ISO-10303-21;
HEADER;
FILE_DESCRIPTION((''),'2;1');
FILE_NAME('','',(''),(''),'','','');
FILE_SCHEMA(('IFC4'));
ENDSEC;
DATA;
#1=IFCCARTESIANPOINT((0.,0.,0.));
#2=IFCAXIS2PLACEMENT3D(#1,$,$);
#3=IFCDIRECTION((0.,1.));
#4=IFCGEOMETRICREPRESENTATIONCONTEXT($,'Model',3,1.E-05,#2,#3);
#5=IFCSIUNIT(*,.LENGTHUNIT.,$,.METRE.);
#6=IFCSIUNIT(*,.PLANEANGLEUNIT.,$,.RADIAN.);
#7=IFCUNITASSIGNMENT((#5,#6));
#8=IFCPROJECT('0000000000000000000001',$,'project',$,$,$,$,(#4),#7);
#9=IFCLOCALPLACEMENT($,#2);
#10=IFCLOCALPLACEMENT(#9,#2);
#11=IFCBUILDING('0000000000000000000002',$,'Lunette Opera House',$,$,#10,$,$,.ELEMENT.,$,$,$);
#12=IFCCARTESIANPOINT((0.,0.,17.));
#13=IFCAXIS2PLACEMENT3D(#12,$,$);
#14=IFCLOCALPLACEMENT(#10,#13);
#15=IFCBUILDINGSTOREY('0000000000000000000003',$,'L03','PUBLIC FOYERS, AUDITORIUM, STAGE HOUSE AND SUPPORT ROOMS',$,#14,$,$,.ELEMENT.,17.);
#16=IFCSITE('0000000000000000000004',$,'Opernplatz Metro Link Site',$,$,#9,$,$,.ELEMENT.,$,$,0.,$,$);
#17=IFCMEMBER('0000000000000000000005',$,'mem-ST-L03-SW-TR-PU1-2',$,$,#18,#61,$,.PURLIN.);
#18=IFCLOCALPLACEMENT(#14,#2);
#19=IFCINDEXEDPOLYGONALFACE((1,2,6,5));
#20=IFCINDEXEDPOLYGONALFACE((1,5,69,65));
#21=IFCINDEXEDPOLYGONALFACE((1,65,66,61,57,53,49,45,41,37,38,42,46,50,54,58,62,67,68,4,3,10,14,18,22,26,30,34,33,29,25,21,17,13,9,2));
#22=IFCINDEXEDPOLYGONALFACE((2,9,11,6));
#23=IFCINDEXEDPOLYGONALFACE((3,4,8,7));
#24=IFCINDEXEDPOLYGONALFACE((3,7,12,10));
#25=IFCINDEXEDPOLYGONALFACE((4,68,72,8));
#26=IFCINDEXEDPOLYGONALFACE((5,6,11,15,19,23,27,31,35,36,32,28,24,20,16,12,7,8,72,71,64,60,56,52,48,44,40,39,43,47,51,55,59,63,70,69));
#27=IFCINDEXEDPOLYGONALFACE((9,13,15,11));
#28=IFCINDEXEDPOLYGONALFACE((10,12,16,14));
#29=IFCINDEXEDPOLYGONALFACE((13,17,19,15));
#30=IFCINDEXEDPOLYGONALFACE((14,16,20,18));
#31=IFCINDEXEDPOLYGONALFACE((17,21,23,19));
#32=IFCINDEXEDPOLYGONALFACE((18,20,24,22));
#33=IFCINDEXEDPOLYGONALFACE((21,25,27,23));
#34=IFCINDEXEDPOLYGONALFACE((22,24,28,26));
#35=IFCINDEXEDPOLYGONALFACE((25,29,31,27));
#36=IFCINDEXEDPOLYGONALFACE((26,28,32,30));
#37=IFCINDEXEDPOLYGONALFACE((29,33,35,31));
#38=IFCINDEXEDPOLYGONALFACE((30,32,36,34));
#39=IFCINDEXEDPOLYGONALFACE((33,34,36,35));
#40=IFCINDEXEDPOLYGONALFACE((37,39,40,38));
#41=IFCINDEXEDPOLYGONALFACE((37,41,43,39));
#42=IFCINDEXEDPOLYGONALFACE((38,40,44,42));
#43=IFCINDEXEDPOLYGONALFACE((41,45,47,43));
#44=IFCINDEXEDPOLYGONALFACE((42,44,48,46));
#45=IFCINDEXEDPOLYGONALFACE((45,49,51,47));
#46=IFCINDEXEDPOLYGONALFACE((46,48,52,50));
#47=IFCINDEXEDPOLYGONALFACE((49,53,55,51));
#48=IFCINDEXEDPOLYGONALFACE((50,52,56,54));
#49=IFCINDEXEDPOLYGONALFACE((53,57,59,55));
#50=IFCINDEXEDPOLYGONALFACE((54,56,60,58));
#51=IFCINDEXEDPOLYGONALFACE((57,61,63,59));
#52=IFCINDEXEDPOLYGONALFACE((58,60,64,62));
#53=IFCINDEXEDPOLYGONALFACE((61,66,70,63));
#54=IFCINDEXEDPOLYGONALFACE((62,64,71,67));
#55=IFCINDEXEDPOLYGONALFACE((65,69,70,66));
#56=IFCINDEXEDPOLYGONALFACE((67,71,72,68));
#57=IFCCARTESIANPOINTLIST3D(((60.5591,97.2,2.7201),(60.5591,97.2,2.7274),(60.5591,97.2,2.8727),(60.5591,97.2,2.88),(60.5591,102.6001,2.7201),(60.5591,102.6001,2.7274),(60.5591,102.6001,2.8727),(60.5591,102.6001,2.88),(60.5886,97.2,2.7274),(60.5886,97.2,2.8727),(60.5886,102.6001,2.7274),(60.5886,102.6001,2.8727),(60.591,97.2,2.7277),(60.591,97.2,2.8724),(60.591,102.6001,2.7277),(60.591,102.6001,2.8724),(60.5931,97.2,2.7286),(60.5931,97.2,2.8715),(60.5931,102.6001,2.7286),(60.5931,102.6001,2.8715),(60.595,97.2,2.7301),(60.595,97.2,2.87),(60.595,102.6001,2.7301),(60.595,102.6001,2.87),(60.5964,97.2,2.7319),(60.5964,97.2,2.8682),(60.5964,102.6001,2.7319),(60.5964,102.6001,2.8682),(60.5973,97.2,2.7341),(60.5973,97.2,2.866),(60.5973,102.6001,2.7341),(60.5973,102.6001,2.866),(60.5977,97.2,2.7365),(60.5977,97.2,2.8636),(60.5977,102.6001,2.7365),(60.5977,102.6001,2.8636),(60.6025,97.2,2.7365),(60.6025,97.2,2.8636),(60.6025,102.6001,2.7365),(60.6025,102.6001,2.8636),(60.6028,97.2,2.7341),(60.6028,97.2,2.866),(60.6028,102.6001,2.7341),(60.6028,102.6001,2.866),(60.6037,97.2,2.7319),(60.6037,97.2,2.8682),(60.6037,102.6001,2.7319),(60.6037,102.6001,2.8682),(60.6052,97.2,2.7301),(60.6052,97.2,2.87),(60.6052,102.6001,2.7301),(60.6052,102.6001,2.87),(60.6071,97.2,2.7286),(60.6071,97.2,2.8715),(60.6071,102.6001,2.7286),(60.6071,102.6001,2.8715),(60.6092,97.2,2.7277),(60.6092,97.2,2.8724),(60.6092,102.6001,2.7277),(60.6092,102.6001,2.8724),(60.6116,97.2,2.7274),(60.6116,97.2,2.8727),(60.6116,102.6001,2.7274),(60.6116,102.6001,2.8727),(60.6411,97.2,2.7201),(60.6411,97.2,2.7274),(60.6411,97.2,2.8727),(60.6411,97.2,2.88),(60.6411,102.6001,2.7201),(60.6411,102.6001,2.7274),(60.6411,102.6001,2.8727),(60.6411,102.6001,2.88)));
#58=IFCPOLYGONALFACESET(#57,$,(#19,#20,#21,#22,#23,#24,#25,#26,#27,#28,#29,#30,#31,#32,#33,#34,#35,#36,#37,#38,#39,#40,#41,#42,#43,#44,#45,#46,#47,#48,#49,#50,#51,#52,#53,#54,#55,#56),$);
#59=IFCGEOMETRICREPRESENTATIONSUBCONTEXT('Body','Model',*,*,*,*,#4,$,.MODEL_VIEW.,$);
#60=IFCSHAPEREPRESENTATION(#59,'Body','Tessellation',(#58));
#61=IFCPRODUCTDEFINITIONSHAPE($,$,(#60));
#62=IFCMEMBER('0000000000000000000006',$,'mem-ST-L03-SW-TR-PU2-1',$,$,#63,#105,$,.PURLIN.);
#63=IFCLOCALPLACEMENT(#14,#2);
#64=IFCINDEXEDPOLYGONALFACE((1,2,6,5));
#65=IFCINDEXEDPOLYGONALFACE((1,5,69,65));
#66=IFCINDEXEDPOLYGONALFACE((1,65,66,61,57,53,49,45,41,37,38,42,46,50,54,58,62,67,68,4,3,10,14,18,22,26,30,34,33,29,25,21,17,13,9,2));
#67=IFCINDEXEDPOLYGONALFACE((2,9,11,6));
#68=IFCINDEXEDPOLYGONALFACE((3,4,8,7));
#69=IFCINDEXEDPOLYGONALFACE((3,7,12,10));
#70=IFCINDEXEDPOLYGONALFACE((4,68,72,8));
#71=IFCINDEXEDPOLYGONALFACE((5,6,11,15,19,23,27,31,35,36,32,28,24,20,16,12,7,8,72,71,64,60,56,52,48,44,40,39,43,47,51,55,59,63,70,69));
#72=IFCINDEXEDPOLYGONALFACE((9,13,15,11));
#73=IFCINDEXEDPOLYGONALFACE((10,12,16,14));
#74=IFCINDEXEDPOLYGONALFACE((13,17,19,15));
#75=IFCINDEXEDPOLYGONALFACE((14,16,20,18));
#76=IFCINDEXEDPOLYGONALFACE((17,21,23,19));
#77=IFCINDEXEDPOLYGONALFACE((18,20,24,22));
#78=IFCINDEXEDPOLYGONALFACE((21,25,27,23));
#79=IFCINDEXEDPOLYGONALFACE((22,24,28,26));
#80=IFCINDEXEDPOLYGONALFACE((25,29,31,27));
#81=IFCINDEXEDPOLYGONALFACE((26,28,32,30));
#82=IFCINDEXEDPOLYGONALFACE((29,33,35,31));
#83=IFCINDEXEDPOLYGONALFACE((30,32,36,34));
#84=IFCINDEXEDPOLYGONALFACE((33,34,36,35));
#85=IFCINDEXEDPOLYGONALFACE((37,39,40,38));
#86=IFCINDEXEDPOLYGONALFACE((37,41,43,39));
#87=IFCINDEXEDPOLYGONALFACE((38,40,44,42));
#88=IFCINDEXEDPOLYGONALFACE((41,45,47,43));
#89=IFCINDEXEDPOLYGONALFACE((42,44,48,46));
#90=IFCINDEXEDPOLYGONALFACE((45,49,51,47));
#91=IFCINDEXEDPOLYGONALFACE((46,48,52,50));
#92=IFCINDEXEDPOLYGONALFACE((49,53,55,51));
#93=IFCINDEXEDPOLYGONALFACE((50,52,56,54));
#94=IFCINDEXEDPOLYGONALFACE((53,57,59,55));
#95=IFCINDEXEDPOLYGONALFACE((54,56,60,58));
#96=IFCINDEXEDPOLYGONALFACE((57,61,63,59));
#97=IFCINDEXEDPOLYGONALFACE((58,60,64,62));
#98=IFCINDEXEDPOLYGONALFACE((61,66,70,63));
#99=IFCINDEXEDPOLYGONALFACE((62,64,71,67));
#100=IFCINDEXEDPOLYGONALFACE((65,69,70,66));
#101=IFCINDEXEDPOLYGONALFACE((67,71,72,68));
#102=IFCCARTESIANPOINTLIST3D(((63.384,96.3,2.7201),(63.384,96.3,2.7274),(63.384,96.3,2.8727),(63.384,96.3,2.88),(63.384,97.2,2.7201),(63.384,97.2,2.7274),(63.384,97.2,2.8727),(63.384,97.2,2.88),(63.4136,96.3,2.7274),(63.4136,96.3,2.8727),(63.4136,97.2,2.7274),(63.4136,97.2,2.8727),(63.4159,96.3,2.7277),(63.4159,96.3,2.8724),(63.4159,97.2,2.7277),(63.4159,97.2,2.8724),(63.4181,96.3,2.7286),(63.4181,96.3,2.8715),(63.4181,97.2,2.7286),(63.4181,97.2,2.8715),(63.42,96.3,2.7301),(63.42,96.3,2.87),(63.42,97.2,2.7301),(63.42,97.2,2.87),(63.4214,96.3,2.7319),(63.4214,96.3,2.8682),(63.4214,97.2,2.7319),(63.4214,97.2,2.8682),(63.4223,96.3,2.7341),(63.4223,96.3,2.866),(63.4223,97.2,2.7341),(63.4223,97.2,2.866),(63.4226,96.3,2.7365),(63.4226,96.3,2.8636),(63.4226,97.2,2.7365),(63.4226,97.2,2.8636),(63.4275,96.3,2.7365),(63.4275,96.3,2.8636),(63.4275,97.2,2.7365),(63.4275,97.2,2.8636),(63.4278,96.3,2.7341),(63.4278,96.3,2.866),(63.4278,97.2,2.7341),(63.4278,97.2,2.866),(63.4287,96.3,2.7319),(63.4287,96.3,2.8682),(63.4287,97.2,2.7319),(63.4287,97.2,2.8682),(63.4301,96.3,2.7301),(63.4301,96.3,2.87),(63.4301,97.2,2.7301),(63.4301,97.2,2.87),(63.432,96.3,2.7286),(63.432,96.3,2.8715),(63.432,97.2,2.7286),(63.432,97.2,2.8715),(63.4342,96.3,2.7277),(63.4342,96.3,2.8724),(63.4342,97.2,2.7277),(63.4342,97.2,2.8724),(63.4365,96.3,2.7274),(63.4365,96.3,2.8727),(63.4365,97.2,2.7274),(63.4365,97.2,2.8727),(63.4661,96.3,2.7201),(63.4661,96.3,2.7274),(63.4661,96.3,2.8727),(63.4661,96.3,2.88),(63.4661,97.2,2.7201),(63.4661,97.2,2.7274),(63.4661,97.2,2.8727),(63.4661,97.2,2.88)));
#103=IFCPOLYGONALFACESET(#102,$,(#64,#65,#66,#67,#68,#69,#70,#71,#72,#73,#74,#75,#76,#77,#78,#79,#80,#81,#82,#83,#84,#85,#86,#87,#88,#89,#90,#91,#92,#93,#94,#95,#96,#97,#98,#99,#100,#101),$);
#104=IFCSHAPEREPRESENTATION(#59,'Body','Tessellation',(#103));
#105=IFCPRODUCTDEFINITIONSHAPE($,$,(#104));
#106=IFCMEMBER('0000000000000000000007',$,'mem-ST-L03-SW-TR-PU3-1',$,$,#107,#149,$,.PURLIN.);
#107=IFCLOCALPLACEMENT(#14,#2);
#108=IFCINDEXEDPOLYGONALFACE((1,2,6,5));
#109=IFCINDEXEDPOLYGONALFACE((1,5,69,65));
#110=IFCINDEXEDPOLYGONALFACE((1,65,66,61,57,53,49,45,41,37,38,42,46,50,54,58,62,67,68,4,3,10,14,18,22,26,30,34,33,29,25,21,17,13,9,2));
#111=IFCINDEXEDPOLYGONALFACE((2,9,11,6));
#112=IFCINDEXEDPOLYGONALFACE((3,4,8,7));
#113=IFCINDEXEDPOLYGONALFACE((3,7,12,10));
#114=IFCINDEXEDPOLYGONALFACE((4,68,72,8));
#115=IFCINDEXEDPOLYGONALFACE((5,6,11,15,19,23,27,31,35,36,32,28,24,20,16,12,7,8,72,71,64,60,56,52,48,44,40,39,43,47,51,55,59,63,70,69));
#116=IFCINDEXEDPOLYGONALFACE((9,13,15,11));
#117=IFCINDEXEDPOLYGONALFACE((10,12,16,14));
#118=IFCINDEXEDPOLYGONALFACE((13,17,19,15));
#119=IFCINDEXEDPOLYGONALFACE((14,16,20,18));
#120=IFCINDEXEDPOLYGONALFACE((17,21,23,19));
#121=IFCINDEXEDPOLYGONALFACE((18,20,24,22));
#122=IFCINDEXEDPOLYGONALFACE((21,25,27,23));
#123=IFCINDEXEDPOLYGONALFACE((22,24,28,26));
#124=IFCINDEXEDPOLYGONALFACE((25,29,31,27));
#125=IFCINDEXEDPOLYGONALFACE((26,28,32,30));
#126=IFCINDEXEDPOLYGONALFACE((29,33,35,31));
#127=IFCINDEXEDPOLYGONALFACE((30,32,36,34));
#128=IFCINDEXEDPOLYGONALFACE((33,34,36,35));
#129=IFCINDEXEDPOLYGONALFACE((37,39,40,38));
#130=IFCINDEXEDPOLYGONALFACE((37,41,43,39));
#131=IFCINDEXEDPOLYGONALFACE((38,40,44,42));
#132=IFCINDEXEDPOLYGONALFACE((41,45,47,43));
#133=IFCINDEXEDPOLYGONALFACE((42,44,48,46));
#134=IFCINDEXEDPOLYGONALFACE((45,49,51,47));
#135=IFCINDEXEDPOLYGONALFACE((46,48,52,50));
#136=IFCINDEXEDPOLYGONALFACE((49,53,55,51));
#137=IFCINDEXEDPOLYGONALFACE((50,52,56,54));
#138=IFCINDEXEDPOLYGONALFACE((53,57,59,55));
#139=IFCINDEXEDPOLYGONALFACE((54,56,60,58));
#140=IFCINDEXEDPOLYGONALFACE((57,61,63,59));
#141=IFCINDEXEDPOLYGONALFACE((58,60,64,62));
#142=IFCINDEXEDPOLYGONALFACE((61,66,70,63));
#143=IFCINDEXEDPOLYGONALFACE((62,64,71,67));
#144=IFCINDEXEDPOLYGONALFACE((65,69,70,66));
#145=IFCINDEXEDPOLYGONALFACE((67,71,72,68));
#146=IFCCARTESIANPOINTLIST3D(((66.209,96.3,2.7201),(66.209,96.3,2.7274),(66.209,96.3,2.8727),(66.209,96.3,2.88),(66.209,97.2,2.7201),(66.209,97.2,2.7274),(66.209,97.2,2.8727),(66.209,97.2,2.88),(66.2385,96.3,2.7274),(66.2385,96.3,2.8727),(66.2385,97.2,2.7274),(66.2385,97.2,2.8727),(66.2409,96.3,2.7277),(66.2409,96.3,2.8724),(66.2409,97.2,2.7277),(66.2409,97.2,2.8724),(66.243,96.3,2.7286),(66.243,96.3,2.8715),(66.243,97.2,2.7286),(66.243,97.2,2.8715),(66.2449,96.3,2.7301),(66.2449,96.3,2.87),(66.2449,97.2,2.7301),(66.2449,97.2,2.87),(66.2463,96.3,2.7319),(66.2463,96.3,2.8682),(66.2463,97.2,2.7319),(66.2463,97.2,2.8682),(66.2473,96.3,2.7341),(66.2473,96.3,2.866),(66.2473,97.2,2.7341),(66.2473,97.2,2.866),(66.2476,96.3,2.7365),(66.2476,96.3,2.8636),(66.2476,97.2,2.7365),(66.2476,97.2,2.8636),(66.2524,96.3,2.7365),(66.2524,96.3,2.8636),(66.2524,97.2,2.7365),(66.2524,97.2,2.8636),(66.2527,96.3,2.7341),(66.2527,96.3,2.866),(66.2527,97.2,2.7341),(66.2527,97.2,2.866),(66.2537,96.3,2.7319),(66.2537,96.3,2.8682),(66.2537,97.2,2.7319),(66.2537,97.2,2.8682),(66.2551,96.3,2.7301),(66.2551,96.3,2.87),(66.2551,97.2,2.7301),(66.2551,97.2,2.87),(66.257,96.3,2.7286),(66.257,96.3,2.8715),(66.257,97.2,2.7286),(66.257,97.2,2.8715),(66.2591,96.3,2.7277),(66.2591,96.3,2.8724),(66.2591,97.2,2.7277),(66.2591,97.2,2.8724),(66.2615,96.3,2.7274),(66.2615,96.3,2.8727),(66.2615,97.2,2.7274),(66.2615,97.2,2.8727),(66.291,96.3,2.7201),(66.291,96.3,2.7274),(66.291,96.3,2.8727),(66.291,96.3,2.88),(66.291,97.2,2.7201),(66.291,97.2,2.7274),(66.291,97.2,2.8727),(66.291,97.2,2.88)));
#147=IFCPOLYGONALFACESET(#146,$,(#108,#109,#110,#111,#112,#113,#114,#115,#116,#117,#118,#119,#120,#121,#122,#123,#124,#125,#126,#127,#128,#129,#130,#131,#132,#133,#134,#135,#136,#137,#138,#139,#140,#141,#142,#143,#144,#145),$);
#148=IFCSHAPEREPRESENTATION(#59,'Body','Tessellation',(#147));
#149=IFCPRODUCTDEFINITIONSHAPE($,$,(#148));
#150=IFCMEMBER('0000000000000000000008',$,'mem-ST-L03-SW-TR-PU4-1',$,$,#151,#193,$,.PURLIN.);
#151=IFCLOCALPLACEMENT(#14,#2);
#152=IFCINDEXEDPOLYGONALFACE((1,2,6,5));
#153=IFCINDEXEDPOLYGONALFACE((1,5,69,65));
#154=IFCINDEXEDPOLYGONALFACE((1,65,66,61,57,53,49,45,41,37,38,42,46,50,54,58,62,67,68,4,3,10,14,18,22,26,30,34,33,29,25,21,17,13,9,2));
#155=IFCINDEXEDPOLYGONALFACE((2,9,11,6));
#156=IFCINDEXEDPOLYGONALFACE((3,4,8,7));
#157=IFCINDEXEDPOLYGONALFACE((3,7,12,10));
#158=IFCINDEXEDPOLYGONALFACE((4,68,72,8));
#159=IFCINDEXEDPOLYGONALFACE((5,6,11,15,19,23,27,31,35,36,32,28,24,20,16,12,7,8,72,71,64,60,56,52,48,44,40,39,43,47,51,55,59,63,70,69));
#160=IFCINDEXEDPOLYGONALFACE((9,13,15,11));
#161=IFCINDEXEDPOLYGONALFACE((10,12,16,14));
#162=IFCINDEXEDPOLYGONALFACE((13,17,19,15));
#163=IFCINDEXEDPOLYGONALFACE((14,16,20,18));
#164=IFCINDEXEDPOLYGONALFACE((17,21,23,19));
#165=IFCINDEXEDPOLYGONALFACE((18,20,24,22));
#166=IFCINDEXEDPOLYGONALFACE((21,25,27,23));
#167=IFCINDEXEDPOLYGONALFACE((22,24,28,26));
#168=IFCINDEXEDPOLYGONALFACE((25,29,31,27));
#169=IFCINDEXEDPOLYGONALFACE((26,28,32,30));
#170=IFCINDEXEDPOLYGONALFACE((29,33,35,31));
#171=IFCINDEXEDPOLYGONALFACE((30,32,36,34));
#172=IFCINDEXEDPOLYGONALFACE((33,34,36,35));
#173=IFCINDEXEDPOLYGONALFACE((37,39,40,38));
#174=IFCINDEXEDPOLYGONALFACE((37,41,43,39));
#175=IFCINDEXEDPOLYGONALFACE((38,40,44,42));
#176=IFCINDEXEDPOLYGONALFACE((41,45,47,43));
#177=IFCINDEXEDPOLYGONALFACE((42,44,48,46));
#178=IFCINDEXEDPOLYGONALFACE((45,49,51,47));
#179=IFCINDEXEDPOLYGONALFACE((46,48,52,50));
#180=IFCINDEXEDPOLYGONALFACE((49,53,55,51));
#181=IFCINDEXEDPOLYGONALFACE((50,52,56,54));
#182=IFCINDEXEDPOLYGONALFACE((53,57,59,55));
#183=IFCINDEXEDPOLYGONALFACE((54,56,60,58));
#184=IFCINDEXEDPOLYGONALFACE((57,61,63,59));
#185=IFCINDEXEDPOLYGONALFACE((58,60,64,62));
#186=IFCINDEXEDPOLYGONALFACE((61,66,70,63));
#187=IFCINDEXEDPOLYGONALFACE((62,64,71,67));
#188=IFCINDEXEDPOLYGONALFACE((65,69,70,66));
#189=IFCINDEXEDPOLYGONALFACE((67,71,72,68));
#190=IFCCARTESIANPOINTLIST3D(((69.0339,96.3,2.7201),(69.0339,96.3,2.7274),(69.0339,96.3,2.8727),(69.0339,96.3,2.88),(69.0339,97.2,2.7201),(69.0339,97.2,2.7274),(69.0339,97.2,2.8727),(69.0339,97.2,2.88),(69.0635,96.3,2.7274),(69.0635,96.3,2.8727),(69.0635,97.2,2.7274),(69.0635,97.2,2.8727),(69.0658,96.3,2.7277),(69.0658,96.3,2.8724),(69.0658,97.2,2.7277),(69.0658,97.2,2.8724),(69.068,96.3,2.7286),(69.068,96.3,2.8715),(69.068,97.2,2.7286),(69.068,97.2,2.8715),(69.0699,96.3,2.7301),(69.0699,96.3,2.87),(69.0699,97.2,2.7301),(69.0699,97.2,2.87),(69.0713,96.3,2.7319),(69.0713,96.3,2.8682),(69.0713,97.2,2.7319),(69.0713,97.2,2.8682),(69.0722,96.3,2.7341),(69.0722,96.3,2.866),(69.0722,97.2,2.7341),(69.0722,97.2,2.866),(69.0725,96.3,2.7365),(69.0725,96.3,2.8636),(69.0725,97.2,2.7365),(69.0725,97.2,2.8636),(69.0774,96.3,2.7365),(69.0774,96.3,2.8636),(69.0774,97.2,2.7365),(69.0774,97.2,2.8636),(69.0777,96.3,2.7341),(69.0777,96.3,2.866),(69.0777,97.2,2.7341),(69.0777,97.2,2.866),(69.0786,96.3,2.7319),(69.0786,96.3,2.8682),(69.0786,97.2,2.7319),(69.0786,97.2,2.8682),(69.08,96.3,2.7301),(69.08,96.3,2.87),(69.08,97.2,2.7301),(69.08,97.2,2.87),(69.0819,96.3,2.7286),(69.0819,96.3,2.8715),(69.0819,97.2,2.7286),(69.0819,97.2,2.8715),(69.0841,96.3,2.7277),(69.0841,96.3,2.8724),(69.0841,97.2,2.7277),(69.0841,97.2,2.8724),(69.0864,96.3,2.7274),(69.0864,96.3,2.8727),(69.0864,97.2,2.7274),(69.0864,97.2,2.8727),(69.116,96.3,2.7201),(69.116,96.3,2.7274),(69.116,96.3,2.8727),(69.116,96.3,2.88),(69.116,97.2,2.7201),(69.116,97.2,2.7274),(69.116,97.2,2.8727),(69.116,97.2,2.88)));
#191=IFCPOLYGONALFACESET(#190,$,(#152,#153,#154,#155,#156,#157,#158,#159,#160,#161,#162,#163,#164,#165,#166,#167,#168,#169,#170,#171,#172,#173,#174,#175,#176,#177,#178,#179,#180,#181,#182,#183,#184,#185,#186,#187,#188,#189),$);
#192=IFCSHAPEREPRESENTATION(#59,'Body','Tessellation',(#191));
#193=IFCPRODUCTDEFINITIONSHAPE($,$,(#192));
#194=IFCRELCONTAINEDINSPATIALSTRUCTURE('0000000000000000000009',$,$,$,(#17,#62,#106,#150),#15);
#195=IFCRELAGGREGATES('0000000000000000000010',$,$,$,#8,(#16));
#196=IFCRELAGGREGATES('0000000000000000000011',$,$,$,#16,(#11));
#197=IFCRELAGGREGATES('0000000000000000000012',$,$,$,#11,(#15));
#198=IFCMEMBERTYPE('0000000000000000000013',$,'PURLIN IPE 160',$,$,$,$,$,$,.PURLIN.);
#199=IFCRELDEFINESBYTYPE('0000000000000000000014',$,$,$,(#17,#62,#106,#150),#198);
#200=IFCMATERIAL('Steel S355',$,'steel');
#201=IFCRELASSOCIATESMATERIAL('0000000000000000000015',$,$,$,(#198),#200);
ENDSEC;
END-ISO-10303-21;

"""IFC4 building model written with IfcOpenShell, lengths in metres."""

from ifc_helpers import new_model, si_unit, direction, frame, origin, origin_2d, place, context, subcontext, project, spatial, i_section, extrude, material, material_profile, profile_set, type_object, element, save


model = new_model("IFC4")

# Units and contexts
model_context = context("Model", 3, precision=1e-05, world=origin(), true_north=direction((0.0, 1.0)))
body_context = subcontext(model_context, "Body", "Model", "MODEL_VIEW")
ifc_project = project(units=[si_unit("LENGTHUNIT", "METRE"), si_unit("PLANEANGLEUNIT", "RADIAN")], contexts=[model_context])

# Site, building, storey
site_placement = place(None, origin())
site = spatial("IfcSite", under=ifc_project, at=site_placement, Name="Opernplatz Metro Link Site", CompositionType="ELEMENT", RefElevation=0.0)
building_placement = place(site_placement, origin())
building = spatial("IfcBuilding", under=site, at=building_placement, Name="Lunette Opera House", CompositionType="ELEMENT")
storey_placement = place(building_placement, frame((0.0, 0.0, 17.0)))
storey = spatial("IfcBuildingStorey", under=building, at=storey_placement, Name="L03", Description="PUBLIC FOYERS, AUDITORIUM, STAGE HOUSE AND SUPPORT ROOMS", CompositionType="ELEMENT", Elevation=17.0)

# Members
ifc_material_1 = material(Name="Steel S355", Category="steel")
ifc_material_profile_1 = material_profile(ifc_material_1, i_section(OverallWidth=0.082, OverallDepth=0.1599, WebThickness=0.0049, FlangeThickness=0.0073, FilletRadius=0.009, at=origin_2d()), Name="IPE 160")
ifc_profile_set_1 = profile_set([ifc_material_profile_1], Name="Steel S355")
member_type_1 = type_object("IfcMemberType", Name="PURLIN IPE 160", PredefinedType="PURLIN", material=ifc_profile_set_1)
member_1_placement = place(storey_placement, frame((60.6001, 97.2, 2.8), z_axis=(0.0, 1.0, 0.0), x_axis=(-1.0, 0.0, 0.0)))
element("IfcMember", 1, at=member_1_placement, inside=storey, type_object=member_type_1, Name="mem-ST-L03-SW-TR-PU1-2", PredefinedType="PURLIN", context=body_context, shape_type="SweptSolid", body=[
    extrude(i_section(OverallWidth=0.082, OverallDepth=0.1599, WebThickness=0.0049, FlangeThickness=0.0073, FilletRadius=0.009, at=origin_2d()), origin(), (0.0, 0.0, 1.0), 5.4001),
])
for number, where, z_axis, x_axis, name in (
    (2, (63.425, 96.3, 2.8), (0.0, 1.0, 0.0), (-1.0, 0.0, 0.0), "mem-ST-L03-SW-TR-PU2-1"),
    (3, (66.25, 96.3, 2.8), (0.0, 1.0, 0.0), (-1.0, 0.0, 0.0), "mem-ST-L03-SW-TR-PU3-1"),
    (4, (69.075, 96.3, 2.8), (0.0, 1.0, 0.0), (-1.0, 0.0, 0.0), "mem-ST-L03-SW-TR-PU4-1"),
):
    element("IfcMember", number, at=place(storey_placement, frame(where, z_axis=z_axis, x_axis=x_axis)), inside=storey, type_object=member_type_1, Name=name, PredefinedType="PURLIN", context=body_context, shape_type="SweptSolid", body=[
        extrude(i_section(OverallWidth=0.082, OverallDepth=0.1599, WebThickness=0.0049, FlangeThickness=0.0073, FilletRadius=0.009, at=origin_2d()), origin(), (0.0, 0.0, 1.0), 0.8999),
    ])

save(model, "model.ifc")
